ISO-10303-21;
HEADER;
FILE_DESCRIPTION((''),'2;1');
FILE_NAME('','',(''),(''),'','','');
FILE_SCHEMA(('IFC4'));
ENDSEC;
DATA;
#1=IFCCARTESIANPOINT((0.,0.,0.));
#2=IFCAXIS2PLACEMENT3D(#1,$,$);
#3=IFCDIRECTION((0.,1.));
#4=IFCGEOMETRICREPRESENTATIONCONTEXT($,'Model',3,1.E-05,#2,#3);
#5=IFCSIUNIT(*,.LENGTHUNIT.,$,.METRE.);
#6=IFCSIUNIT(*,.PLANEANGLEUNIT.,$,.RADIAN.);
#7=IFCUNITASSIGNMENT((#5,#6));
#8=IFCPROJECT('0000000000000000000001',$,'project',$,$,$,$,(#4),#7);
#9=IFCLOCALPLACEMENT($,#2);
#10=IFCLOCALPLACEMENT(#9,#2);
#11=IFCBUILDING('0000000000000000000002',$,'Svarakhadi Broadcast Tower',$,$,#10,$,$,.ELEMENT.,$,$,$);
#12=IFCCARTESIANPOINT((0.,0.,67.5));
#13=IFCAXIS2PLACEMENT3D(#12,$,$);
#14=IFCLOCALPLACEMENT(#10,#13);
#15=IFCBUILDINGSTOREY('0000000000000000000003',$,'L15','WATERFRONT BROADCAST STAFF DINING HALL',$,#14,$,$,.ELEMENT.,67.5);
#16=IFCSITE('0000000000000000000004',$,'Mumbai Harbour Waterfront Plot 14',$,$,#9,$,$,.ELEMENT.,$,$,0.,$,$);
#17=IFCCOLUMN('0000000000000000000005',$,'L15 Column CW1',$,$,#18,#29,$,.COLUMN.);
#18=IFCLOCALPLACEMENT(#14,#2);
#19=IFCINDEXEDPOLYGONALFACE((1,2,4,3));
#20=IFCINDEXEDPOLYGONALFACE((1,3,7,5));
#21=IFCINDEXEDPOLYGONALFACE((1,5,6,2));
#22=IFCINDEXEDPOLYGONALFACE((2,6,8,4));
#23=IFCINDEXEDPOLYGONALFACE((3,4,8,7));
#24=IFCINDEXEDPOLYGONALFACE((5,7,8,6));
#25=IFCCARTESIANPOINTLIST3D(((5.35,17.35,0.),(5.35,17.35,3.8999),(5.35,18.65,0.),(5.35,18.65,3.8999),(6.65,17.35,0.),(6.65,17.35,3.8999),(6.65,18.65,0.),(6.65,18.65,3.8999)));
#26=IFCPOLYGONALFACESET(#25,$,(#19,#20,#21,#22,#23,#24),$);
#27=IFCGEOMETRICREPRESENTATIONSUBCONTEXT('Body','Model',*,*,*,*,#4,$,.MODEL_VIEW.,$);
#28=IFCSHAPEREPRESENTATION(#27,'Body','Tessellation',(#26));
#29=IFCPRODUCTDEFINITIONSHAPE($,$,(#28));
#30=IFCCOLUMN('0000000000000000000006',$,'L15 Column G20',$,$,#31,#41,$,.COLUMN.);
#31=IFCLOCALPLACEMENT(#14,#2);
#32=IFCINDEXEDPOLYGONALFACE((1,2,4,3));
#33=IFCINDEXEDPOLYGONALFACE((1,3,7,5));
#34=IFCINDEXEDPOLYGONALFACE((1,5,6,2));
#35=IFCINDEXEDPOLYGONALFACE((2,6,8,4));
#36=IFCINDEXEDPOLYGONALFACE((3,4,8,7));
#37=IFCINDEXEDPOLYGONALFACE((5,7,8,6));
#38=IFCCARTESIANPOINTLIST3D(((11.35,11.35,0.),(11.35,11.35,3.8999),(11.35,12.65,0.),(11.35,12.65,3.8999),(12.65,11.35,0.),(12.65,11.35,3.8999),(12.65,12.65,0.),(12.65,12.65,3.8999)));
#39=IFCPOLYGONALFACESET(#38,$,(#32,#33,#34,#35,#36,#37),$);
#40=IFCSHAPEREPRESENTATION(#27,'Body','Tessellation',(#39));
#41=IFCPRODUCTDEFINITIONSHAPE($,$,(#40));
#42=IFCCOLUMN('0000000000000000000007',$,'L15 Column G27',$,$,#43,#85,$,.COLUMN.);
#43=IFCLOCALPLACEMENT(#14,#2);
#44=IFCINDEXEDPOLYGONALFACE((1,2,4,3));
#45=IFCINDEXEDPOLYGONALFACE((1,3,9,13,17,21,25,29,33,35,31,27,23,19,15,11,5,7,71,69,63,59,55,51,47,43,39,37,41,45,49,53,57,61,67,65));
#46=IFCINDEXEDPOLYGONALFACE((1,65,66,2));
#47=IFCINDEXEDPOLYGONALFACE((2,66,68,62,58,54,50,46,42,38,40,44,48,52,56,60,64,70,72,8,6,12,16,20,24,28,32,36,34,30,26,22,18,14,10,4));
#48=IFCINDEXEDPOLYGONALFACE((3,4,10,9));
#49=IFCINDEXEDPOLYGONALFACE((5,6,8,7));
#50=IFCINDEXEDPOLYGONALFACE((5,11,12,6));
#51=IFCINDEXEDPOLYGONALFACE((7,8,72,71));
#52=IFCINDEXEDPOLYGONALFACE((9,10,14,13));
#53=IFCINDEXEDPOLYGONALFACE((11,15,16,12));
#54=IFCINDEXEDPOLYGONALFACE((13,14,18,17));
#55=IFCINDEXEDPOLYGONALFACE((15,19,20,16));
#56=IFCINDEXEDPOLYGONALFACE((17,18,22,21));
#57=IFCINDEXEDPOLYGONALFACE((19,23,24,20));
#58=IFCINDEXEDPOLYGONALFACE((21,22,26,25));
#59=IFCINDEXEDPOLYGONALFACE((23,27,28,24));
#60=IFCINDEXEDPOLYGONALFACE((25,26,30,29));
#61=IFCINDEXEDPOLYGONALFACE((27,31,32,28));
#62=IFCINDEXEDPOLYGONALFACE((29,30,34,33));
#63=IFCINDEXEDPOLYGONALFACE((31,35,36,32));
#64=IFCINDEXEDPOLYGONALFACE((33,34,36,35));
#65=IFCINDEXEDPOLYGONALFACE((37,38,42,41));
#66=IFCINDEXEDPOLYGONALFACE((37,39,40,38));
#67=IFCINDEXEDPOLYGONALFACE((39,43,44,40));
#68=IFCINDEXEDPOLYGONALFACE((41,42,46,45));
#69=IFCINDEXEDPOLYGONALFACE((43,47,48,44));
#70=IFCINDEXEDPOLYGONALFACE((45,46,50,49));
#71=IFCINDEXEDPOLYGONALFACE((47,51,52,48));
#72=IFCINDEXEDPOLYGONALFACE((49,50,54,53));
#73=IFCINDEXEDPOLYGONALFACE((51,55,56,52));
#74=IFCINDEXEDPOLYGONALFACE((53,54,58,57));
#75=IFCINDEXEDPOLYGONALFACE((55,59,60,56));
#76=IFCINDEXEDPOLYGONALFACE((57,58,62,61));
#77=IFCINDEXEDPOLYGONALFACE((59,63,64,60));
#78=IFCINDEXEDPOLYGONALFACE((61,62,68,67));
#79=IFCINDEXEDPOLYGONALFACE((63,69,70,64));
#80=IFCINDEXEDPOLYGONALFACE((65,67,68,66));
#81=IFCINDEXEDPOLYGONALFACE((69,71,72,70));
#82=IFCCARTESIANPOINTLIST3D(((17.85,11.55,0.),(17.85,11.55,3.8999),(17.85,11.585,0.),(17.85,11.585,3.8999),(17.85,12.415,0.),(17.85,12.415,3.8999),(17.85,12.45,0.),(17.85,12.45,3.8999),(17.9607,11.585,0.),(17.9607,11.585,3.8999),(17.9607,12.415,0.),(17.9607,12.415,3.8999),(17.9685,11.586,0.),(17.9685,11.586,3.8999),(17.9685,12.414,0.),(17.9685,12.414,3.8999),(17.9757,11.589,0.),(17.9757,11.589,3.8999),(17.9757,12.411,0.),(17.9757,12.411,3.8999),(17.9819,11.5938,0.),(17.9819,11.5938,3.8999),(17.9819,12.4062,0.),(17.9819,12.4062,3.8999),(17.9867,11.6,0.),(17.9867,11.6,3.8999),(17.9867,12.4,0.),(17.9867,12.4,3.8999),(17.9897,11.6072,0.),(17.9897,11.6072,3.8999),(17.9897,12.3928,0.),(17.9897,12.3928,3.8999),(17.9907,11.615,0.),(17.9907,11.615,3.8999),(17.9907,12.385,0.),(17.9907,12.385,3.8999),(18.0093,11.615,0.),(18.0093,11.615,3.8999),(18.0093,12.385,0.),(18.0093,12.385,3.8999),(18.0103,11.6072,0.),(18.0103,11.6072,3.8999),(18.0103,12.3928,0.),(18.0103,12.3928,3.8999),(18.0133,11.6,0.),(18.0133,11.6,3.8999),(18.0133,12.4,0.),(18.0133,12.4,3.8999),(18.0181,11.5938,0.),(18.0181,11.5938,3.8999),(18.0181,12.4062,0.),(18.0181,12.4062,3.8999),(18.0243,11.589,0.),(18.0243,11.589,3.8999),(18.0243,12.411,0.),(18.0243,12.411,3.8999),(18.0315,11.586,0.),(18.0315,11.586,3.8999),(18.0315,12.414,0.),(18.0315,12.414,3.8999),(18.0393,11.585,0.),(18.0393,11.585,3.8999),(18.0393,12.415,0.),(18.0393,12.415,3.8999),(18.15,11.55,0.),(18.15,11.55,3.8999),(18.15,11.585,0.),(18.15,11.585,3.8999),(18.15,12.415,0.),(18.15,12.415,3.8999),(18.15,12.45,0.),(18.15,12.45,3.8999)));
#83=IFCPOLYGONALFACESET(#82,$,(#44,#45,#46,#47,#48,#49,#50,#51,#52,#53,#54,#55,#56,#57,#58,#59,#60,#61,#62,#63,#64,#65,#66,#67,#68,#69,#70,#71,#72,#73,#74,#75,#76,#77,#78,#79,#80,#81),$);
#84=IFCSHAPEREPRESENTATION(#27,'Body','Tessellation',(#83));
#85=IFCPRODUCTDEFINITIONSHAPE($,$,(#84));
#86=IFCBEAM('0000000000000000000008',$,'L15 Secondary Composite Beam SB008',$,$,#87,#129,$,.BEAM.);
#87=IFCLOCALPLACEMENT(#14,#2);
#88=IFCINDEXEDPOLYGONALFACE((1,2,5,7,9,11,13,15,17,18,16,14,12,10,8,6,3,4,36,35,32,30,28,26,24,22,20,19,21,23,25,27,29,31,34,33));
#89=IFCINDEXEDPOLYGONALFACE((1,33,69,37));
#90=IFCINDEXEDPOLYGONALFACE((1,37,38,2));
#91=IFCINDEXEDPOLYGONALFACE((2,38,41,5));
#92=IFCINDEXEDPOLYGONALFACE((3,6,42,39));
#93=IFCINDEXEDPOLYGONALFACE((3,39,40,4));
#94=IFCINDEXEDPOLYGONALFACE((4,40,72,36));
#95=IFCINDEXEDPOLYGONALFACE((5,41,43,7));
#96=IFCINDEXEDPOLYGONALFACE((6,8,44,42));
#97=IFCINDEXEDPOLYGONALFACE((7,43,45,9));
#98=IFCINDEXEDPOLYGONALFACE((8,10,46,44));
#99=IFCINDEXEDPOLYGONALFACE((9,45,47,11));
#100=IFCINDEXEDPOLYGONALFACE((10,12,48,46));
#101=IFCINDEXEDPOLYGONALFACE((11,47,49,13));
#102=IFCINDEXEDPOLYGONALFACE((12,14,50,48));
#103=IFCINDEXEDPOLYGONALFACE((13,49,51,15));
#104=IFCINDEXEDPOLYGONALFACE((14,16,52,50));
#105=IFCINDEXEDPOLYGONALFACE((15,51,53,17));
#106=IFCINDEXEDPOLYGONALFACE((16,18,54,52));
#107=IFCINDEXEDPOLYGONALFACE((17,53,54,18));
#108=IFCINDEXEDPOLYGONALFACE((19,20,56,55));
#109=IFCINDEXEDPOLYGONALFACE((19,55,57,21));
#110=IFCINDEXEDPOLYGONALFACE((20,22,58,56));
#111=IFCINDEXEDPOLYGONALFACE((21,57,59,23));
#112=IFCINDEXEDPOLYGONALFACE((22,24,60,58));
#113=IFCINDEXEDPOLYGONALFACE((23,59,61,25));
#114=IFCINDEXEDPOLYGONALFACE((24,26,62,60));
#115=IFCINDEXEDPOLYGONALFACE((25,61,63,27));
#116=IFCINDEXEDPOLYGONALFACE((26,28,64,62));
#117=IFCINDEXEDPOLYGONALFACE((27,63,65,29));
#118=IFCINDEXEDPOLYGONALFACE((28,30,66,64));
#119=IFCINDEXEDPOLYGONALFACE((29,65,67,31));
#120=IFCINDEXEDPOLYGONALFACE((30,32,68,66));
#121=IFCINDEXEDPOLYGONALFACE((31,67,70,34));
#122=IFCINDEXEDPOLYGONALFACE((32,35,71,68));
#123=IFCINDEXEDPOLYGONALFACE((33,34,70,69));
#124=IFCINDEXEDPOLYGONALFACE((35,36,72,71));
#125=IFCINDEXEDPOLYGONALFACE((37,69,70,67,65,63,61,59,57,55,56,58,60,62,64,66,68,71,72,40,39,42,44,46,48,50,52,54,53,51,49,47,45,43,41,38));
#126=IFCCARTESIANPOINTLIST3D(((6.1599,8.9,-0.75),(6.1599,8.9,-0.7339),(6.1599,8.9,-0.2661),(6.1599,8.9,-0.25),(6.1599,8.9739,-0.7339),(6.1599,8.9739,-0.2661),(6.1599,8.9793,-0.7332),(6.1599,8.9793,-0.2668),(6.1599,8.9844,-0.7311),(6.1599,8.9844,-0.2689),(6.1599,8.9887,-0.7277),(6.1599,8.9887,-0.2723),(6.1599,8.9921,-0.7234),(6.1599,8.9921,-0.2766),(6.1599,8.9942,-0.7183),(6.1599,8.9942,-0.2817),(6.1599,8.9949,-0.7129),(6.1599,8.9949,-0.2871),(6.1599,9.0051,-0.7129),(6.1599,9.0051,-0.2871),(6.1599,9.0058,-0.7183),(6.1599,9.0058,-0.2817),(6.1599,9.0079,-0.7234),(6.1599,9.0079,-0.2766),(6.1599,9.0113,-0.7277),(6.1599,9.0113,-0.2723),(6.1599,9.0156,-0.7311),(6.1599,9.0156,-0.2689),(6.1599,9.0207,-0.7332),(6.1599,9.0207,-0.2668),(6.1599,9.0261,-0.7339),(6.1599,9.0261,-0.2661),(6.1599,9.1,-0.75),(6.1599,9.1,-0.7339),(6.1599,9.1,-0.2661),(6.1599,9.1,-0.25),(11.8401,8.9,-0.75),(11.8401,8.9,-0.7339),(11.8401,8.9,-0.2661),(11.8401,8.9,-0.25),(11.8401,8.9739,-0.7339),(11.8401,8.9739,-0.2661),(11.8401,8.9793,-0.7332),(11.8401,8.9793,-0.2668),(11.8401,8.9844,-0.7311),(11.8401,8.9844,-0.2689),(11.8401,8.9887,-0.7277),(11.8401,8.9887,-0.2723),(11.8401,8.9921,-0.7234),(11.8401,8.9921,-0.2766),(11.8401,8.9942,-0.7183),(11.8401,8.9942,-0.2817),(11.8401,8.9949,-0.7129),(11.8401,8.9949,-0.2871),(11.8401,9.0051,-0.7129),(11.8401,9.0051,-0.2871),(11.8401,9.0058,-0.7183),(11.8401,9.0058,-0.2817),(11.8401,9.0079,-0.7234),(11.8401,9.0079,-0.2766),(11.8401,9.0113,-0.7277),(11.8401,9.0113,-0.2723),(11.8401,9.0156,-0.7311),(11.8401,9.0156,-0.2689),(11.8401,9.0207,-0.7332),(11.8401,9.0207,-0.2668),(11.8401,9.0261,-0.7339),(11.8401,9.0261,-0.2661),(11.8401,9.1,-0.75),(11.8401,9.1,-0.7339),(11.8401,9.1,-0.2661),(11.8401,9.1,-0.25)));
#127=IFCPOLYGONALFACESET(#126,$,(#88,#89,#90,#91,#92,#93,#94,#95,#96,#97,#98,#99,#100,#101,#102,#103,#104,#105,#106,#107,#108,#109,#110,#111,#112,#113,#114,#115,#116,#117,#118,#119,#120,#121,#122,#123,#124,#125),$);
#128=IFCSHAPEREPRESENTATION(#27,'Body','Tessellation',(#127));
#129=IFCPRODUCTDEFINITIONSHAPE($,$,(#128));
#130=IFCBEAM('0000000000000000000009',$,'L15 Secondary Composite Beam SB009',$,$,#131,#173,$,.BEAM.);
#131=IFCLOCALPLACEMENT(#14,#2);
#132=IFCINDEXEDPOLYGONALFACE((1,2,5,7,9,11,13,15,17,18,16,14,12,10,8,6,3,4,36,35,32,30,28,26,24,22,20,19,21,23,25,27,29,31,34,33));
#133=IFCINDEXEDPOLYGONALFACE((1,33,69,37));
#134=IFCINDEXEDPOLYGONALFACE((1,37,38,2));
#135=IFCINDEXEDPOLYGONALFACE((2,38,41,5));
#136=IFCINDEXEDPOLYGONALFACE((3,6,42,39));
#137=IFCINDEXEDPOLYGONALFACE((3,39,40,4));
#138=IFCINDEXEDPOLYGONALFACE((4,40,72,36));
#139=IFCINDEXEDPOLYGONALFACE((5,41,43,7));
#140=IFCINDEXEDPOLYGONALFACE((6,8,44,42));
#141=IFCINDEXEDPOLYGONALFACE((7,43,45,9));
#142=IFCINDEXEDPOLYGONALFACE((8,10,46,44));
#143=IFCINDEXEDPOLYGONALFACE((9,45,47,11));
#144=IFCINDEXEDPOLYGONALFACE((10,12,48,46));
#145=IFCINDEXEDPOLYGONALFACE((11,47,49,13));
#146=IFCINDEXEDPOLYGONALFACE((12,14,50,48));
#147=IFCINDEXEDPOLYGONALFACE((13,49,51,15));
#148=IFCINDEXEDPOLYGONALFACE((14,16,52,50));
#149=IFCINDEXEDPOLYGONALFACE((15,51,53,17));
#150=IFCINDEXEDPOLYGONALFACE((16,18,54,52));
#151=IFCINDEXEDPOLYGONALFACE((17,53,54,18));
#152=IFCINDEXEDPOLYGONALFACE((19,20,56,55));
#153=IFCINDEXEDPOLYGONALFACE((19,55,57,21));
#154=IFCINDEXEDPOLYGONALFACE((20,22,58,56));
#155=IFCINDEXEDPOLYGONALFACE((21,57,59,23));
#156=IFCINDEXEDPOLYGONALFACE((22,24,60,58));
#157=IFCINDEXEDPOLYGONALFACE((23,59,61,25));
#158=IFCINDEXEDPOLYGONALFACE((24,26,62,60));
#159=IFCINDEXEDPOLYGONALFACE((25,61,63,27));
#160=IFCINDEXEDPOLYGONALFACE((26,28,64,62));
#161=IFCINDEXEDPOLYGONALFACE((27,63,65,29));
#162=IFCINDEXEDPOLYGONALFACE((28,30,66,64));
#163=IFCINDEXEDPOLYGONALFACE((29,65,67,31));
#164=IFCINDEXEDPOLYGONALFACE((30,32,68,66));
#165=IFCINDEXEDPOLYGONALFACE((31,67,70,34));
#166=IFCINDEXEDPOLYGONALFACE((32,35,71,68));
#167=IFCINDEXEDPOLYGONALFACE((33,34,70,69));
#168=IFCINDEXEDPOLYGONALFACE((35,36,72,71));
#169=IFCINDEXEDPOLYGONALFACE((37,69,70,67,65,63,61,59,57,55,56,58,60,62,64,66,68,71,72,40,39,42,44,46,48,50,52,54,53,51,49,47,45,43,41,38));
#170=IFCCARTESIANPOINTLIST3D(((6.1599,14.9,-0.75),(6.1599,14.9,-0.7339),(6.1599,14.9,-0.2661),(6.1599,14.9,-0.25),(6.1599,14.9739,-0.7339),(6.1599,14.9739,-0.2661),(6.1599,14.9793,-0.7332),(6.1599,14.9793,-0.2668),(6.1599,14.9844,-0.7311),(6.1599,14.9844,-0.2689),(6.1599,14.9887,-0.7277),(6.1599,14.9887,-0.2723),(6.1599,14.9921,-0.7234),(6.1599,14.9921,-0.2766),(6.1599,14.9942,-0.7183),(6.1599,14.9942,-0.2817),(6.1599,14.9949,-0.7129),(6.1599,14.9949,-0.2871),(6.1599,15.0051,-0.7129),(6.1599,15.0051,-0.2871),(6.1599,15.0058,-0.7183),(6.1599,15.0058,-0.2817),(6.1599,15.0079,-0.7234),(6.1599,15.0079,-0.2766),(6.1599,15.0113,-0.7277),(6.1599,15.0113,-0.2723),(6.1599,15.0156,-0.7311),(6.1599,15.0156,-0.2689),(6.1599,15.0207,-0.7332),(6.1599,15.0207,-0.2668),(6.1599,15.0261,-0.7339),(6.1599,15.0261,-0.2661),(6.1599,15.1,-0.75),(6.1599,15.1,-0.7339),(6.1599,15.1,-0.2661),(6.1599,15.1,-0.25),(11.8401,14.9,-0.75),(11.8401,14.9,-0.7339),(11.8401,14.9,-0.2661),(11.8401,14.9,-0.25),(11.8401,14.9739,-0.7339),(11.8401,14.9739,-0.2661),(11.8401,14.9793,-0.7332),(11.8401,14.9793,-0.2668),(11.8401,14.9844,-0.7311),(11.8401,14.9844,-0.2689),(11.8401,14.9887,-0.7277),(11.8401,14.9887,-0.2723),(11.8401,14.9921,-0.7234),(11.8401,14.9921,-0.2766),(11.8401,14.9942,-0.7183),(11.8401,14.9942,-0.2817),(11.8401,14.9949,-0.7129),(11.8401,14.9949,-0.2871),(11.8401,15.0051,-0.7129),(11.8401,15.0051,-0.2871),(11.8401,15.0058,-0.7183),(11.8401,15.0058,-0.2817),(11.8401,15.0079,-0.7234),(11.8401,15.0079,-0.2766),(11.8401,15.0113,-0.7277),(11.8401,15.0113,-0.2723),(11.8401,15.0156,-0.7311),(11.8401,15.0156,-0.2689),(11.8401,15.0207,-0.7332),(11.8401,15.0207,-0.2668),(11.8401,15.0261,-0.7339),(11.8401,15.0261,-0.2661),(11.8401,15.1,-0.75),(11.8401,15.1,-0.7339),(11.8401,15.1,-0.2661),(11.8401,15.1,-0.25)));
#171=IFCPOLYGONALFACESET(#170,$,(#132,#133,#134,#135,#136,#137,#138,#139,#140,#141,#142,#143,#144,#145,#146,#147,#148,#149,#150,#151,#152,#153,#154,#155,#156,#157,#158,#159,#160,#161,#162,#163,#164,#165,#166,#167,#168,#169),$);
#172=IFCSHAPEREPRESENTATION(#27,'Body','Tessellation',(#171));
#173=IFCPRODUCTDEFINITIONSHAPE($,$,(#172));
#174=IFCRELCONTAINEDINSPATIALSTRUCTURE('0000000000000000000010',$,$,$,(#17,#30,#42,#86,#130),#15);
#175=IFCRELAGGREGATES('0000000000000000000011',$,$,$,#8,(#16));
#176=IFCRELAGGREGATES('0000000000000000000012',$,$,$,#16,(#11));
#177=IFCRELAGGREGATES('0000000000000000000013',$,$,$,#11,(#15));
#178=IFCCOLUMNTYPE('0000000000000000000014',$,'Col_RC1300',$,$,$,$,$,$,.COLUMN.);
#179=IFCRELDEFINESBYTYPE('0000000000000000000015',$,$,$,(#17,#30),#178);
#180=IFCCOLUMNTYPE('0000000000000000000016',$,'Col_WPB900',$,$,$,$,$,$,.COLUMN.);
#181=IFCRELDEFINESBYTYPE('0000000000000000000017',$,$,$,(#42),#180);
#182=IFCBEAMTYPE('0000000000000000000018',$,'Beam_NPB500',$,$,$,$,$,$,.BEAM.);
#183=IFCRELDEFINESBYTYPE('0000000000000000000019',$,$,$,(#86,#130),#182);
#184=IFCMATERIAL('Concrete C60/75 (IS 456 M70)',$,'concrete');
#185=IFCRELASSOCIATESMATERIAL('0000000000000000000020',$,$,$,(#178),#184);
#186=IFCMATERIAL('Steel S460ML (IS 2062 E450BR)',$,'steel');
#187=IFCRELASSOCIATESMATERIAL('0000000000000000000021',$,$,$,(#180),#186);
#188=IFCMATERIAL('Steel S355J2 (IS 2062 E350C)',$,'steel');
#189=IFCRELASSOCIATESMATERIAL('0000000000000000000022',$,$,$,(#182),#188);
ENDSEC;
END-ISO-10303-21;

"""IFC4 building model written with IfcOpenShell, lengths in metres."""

from ifc_helpers import new_model, si_unit, direction, frame, origin, origin_2d, place, context, subcontext, project, spatial, rectangle, i_section, extrude, material, material_profile, profile_set, type_object, element, save


model = new_model("IFC4")

# Units and contexts
model_context = context("Model", 3, precision=1e-05, world=origin(), true_north=direction((0.0, 1.0)))
body_context = subcontext(model_context, "Body", "Model", "MODEL_VIEW")
ifc_project = project(units=[si_unit("LENGTHUNIT", "METRE"), si_unit("PLANEANGLEUNIT", "RADIAN")], contexts=[model_context])

# Site, building, storey
site_placement = place(None, origin())
site = spatial("IfcSite", under=ifc_project, at=site_placement, Name="Mumbai Harbour Waterfront Plot 14", CompositionType="ELEMENT", RefElevation=0.0)
building_placement = place(site_placement, origin())
building = spatial("IfcBuilding", under=site, at=building_placement, Name="Svarakhadi Broadcast Tower", CompositionType="ELEMENT")
storey_placement = place(building_placement, frame((0.0, 0.0, 67.5)))
storey = spatial("IfcBuildingStorey", under=building, at=storey_placement, Name="L15", Description="WATERFRONT BROADCAST STAFF DINING HALL", CompositionType="ELEMENT", Elevation=67.5)

# Columns
ifc_material_1 = material(Name="Concrete C60/75 (IS 456 M70)", Category="concrete")
ifc_material_profile_1 = material_profile(ifc_material_1, rectangle(XDim=1.3, YDim=1.3, at=origin_2d()), Name="RC 1300x1300")
ifc_profile_set_1 = profile_set([ifc_material_profile_1], Name="Concrete C60/75 (IS 456 M70)")
column_type_1 = type_object("IfcColumnType", Name="Col_RC1300", PredefinedType="COLUMN", material=ifc_profile_set_1)
for number, where, z_axis, x_axis, name in (
    (1, (6.0, 18.0, 0.0), (0.0, 0.0, 1.0), (1.0, 0.0, 0.0), "L15 Column CW1"),
    (2, (12.0, 12.0, 0.0), (0.0, 0.0, 1.0), (1.0, 0.0, 0.0), "L15 Column G20"),
):
    element("IfcColumn", number, at=place(storey_placement, frame(where, z_axis=z_axis, x_axis=x_axis)), inside=storey, type_object=column_type_1, Name=name, PredefinedType="COLUMN", context=body_context, shape_type="SweptSolid", body=[
        extrude(rectangle(XDim=1.3, YDim=1.3, at=origin_2d()), origin(), (0.0, 0.0, 1.0), 3.8999),
    ])
ifc_material_2 = material(Name="Steel S460ML (IS 2062 E450BR)", Category="steel")
ifc_material_profile_2 = material_profile(ifc_material_2, i_section(OverallWidth=0.3, OverallDepth=0.8999, WebThickness=0.0186, FlangeThickness=0.0349, FilletRadius=0.03, at=origin_2d()), Name="WPB 900x300x291")
ifc_profile_set_2 = profile_set([ifc_material_profile_2], Name="Steel S460ML (IS 2062 E450BR)")
column_type_2 = type_object("IfcColumnType", Name="Col_WPB900", PredefinedType="COLUMN", material=ifc_profile_set_2)
column_placement = place(storey_placement, frame((18.0, 12.0, 0.0), z_axis=(0.0, 0.0, 1.0), x_axis=(1.0, 0.0, 0.0)))
element("IfcColumn", 3, at=column_placement, inside=storey, type_object=column_type_2, Name="L15 Column G27", PredefinedType="COLUMN", context=body_context, shape_type="SweptSolid", body=[
    extrude(i_section(OverallWidth=0.3, OverallDepth=0.8999, WebThickness=0.0186, FlangeThickness=0.0349, FilletRadius=0.03, at=origin_2d()), origin(), (0.0, 0.0, 1.0), 3.8999),
])

# Beams
ifc_material_3 = material(Name="Steel S355J2 (IS 2062 E350C)", Category="steel")
ifc_material_profile_3 = material_profile(ifc_material_3, i_section(OverallWidth=0.2, OverallDepth=0.5, WebThickness=0.0103, FlangeThickness=0.0161, FilletRadius=0.021, at=origin_2d()), Name="NPB 500x200x91")
ifc_profile_set_3 = profile_set([ifc_material_profile_3], Name="Steel S355J2 (IS 2062 E350C)")
beam_type_1 = type_object("IfcBeamType", Name="Beam_NPB500", PredefinedType="BEAM", material=ifc_profile_set_3)
for number, where, z_axis, x_axis, name in (
    (4, (6.1599, 9.0, -0.5), (1.0, 0.0, 0.0), (0.0, 1.0, 0.0), "L15 Secondary Composite Beam SB008"),
    (5, (6.1599, 15.0, -0.5), (1.0, 0.0, 0.0), (0.0, 1.0, 0.0), "L15 Secondary Composite Beam SB009"),
):
    element("IfcBeam", number, at=place(storey_placement, frame(where, z_axis=z_axis, x_axis=x_axis)), inside=storey, type_object=beam_type_1, Name=name, PredefinedType="BEAM", context=body_context, shape_type="SweptSolid", body=[
        extrude(i_section(OverallWidth=0.2, OverallDepth=0.5, WebThickness=0.0103, FlangeThickness=0.0161, FilletRadius=0.021, at=origin_2d()), origin(), (0.0, 0.0, 1.0), 5.6802),
    ])

save(model, "model.ifc")
